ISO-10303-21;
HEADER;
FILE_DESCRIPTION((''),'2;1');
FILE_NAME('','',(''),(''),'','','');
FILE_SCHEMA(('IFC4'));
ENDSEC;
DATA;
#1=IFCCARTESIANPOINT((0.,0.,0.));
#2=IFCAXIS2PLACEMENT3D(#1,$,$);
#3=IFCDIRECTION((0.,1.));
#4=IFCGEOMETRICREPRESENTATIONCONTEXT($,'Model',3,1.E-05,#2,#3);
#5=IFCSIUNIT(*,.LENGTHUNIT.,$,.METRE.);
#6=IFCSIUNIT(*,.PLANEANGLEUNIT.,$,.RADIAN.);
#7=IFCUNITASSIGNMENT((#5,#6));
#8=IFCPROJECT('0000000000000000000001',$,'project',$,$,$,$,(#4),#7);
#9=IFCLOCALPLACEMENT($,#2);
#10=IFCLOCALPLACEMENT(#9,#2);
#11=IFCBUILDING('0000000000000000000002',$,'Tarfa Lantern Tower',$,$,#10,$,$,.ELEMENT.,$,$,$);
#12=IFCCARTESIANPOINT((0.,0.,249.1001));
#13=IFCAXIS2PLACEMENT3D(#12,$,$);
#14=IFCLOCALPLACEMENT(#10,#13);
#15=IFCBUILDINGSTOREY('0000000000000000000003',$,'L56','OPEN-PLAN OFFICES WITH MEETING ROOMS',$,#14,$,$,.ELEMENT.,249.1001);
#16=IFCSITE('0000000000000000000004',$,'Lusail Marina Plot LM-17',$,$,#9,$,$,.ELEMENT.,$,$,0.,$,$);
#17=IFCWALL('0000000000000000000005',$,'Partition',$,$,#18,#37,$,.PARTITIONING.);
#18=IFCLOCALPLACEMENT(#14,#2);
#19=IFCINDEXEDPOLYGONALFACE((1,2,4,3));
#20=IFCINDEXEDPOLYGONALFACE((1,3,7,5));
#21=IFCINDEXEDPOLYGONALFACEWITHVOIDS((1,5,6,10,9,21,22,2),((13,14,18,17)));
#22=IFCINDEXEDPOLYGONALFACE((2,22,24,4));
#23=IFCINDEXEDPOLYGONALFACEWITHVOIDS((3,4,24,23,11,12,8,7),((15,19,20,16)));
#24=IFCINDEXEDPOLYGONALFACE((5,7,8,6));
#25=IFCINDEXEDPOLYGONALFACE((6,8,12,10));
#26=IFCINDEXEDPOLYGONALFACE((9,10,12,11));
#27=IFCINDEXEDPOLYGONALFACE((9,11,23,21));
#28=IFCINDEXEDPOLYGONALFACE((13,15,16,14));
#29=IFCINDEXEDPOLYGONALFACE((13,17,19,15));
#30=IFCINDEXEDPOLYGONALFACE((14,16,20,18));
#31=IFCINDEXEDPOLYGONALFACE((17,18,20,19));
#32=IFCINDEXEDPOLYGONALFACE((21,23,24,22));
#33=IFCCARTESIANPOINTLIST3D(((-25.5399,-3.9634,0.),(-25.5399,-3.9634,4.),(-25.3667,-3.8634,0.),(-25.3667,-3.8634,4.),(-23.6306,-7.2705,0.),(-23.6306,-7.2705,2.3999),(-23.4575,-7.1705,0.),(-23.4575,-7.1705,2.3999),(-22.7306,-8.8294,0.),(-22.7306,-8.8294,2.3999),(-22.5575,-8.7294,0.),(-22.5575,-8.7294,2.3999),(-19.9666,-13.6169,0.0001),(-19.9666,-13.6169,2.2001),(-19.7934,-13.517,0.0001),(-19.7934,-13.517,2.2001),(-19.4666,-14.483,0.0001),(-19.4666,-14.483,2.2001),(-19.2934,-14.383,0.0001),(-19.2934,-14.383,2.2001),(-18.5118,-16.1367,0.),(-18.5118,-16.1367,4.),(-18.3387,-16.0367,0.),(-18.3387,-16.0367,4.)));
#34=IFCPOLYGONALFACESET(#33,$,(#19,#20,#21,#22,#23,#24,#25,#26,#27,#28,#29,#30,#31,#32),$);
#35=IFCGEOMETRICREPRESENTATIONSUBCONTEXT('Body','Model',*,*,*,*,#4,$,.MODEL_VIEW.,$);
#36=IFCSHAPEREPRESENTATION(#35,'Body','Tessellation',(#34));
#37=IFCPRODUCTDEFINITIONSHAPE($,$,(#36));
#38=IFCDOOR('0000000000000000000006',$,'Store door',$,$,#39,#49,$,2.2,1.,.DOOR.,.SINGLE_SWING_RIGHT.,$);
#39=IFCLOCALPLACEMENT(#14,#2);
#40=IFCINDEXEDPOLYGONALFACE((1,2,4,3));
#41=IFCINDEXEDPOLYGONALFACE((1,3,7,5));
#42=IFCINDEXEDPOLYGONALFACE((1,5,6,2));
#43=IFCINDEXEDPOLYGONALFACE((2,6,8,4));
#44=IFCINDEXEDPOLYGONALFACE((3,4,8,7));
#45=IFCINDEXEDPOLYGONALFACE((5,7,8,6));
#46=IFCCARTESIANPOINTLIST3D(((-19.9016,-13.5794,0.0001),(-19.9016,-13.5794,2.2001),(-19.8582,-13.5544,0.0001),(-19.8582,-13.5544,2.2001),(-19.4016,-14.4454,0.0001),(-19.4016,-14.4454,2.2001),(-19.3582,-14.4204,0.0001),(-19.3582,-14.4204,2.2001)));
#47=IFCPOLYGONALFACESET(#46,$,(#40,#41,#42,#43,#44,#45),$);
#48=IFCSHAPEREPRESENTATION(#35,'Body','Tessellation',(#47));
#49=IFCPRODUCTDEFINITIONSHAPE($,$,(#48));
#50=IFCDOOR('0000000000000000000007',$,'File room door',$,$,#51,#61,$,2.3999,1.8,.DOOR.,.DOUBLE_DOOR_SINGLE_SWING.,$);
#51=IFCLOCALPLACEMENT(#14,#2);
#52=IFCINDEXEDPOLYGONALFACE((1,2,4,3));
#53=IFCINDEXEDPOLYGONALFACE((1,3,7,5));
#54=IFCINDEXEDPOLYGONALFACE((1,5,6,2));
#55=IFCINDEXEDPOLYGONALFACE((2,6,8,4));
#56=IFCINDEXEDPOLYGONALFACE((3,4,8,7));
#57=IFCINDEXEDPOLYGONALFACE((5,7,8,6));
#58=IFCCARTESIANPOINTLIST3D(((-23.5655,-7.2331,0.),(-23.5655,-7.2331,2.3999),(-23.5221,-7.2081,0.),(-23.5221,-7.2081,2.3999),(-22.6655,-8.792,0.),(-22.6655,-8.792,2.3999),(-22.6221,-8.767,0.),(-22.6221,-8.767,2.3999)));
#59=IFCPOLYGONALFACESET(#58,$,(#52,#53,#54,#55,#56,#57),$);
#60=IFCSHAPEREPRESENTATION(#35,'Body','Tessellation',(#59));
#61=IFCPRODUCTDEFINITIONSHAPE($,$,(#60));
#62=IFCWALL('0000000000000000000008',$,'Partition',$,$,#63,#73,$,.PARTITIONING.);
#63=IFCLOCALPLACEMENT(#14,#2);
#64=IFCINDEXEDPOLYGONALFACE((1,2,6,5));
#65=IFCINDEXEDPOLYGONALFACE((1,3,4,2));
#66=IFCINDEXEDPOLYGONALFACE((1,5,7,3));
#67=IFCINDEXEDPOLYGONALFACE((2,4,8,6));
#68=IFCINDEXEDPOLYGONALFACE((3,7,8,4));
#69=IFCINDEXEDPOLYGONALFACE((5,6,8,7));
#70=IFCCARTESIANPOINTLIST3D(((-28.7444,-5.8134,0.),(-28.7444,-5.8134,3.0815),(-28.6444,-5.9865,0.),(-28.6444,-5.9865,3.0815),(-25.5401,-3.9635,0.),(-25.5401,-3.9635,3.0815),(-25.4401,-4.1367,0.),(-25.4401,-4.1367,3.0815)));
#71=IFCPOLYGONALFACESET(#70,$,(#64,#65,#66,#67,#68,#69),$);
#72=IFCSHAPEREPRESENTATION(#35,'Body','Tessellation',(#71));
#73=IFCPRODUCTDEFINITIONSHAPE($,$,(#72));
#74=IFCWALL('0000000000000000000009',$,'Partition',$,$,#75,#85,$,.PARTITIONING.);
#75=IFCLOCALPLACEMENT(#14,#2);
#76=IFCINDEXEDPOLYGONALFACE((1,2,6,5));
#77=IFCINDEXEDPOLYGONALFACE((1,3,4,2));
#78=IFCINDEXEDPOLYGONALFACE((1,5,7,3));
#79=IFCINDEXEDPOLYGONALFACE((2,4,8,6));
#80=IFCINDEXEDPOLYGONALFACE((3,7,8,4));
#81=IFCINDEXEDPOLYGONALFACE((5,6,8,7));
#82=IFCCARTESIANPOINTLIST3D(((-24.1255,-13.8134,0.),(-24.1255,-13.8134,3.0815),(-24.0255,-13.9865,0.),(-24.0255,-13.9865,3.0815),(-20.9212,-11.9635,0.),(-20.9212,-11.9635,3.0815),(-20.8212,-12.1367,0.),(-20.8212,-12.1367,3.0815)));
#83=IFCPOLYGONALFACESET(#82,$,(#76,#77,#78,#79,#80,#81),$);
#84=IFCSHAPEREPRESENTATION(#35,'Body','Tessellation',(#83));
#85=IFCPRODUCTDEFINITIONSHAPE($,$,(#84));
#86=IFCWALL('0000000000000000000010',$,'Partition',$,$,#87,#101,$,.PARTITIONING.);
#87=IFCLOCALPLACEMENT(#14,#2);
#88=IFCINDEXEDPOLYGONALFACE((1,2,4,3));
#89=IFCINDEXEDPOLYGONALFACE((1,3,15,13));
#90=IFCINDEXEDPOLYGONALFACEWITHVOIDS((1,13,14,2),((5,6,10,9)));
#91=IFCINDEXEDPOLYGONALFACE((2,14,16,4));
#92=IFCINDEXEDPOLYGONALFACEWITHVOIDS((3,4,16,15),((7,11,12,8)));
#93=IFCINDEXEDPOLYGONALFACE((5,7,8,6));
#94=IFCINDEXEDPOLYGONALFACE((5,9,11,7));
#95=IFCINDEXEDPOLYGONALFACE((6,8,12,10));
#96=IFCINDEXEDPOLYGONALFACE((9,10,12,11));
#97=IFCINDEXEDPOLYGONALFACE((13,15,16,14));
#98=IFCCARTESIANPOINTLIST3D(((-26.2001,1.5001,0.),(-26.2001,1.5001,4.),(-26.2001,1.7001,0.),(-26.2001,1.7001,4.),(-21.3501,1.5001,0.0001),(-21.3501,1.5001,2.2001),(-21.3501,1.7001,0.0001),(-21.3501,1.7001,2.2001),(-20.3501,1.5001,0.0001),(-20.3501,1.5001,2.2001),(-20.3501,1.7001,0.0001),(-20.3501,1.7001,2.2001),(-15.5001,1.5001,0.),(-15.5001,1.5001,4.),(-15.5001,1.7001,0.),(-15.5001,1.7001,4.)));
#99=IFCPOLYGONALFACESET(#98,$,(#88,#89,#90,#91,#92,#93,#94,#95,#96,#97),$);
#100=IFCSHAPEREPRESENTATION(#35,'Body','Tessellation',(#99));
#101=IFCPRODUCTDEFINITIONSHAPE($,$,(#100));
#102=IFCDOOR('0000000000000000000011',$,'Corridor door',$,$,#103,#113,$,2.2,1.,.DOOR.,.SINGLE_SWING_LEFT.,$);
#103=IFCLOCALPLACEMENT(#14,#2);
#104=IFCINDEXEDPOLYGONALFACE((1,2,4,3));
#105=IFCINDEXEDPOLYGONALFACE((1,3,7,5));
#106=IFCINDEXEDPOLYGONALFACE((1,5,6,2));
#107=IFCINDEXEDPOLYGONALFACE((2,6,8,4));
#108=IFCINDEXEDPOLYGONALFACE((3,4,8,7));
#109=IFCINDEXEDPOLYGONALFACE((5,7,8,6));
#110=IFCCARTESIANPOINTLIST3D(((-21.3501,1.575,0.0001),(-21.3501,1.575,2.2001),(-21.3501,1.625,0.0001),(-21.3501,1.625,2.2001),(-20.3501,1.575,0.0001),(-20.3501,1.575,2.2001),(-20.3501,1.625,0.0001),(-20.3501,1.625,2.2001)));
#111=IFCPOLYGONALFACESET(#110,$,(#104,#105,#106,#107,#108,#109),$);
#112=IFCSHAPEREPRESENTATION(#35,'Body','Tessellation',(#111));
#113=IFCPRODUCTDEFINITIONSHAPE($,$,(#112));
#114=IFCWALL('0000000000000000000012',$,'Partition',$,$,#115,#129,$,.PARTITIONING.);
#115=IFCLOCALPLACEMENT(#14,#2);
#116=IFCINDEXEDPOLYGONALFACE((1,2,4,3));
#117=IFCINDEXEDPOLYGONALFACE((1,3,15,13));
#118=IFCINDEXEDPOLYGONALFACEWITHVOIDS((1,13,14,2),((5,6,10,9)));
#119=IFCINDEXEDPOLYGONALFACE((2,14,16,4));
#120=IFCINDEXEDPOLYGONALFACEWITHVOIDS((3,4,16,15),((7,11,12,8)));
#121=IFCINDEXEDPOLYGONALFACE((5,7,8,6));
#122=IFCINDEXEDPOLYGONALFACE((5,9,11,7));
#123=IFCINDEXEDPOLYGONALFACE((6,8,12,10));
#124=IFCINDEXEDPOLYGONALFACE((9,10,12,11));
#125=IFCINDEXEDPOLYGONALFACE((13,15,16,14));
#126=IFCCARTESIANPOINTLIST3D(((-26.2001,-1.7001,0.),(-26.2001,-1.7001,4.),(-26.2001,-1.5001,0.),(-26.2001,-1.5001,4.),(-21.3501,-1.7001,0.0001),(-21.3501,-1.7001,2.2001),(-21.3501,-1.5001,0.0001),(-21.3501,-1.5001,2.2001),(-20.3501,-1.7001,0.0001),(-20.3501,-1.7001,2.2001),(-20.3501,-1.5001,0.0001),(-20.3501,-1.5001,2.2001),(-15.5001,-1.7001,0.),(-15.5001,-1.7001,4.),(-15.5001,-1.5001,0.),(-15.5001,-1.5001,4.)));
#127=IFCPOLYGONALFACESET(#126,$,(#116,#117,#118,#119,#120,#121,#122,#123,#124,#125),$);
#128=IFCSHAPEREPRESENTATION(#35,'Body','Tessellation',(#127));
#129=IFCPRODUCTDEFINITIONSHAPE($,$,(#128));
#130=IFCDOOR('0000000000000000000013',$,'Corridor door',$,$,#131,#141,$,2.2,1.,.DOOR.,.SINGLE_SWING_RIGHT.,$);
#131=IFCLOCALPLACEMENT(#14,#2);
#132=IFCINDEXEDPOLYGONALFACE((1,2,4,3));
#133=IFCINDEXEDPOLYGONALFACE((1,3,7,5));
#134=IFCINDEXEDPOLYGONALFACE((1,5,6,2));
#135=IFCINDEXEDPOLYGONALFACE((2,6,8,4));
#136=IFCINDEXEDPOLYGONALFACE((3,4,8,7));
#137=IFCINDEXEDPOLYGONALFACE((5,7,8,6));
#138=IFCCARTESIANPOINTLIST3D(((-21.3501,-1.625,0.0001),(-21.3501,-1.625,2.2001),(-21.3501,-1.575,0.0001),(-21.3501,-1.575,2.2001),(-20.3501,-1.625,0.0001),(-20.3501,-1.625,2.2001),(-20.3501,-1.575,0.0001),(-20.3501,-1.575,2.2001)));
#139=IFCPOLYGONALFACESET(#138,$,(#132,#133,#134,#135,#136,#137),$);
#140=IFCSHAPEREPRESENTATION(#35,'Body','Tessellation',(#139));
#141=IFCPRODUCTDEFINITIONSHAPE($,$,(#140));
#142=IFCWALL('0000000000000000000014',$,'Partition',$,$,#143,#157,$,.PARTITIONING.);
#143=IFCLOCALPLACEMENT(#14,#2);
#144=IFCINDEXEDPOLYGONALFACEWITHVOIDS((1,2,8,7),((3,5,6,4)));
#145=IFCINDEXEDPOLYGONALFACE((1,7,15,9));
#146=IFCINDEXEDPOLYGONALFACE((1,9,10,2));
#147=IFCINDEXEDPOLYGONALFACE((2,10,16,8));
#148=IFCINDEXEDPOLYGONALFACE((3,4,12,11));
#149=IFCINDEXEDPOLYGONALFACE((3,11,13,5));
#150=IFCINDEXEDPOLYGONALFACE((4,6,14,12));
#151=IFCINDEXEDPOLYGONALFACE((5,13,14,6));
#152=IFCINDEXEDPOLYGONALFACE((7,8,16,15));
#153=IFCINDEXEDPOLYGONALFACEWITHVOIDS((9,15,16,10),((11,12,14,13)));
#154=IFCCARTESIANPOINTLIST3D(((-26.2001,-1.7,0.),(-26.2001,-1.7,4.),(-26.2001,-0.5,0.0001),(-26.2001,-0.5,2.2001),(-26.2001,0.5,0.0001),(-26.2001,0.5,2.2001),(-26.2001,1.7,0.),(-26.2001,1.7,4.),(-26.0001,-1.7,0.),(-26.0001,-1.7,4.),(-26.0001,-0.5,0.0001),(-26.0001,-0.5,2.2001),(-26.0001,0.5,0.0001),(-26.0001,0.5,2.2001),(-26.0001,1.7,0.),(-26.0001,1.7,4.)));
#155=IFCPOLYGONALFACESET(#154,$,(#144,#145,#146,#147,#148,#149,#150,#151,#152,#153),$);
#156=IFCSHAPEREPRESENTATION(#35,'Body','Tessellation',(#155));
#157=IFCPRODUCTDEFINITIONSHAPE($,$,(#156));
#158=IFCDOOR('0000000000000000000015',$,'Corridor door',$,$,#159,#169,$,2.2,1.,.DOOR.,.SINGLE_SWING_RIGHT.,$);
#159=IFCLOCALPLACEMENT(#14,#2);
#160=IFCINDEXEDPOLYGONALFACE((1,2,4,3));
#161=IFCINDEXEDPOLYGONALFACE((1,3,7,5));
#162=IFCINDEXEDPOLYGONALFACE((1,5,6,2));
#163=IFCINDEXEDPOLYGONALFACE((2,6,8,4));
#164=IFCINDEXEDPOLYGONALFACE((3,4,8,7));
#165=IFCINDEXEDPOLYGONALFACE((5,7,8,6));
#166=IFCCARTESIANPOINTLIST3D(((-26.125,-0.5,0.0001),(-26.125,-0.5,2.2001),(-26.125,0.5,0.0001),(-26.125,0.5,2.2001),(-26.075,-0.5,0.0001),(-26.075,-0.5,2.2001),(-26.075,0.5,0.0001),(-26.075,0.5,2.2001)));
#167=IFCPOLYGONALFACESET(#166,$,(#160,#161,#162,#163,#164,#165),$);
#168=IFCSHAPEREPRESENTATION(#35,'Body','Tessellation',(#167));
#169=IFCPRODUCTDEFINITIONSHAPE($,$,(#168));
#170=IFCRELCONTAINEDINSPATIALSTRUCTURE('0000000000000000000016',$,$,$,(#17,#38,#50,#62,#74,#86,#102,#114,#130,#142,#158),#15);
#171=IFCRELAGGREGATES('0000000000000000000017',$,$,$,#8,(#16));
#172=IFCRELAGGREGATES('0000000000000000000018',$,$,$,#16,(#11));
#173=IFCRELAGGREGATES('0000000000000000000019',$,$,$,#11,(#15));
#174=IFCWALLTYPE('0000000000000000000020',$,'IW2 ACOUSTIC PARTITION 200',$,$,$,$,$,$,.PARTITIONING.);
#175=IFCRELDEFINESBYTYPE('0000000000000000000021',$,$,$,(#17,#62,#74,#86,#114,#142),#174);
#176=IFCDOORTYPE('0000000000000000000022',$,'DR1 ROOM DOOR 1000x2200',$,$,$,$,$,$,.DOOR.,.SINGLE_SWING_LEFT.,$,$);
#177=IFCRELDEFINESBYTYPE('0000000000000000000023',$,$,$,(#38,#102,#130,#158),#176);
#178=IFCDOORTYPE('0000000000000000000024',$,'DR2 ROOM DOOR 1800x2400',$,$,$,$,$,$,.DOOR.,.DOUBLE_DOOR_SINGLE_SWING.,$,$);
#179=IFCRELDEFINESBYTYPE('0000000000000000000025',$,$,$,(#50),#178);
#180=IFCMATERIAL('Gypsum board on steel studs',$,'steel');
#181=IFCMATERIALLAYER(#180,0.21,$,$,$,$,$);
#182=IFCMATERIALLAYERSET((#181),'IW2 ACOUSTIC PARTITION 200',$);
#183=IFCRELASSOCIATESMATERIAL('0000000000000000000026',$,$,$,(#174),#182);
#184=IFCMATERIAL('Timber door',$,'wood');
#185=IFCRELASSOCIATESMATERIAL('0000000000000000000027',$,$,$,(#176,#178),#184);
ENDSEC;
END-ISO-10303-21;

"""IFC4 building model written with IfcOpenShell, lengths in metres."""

from ifc_helpers import new_model, si_unit, direction, frame, frame_2d, origin, place, context, subcontext, project, spatial, rectangle, extrude, material, layer, layer_set, type_object, element, fill, save


model = new_model("IFC4")

# Units and contexts
model_context = context("Model", 3, precision=1e-05, world=origin(), true_north=direction((0.0, 1.0)))
body_context = subcontext(model_context, "Body", "Model", "MODEL_VIEW")
ifc_project = project(units=[si_unit("LENGTHUNIT", "METRE"), si_unit("PLANEANGLEUNIT", "RADIAN")], contexts=[model_context])

# Site, building, storey
site_placement = place(None, origin())
site = spatial("IfcSite", under=ifc_project, at=site_placement, Name="Lusail Marina Plot LM-17", CompositionType="ELEMENT", RefElevation=0.0)
building_placement = place(site_placement, origin())
building = spatial("IfcBuilding", under=site, at=building_placement, Name="Tarfa Lantern Tower", CompositionType="ELEMENT")
storey_placement = place(building_placement, frame((0.0, 0.0, 249.1001)))
storey = spatial("IfcBuildingStorey", under=building, at=storey_placement, Name="L56", Description="OPEN-PLAN OFFICES WITH MEETING ROOMS", CompositionType="ELEMENT", Elevation=249.1001)

# Wall, openings, doors
ifc_material_1 = material(Name="Gypsum board on steel studs", Category="steel")
ifc_layer_1 = layer(ifc_material_1, 0.21)
ifc_layer_set_1 = layer_set([ifc_layer_1], Name="IW2 ACOUSTIC PARTITION 200")
wall_type_1 = type_object("IfcWallType", Name="IW2 ACOUSTIC PARTITION 200", PredefinedType="PARTITIONING", material=ifc_layer_set_1)
wall_1_placement = place(storey_placement, frame((-25.4534, -3.9133, 0.0), z_axis=(0.0, 0.0, 1.0), x_axis=(0.499989, -0.866032, 0.0)))
wall_1 = element("IfcWall", 1, at=wall_1_placement, inside=storey, type_object=wall_type_1, Name="Partition", PredefinedType="PARTITIONING", context=body_context, shape_type="SweptSolid", body=[
    extrude(rectangle(XDim=14.0564, YDim=0.2, at=frame_2d((7.0283, 0.0))), origin(), (0.0, 0.0, 1.0), 4.0),
])
opening_1_placement = place(wall_1_placement, frame((3.8188, 0.0, 0.0)))
opening_1 = element("IfcOpeningElement", 2, at=opening_1_placement, cuts=wall_1, PredefinedType="OPENING", context=body_context, shape_type="SweptSolid", body=[
    extrude(rectangle(XDim=1.8, YDim=2.3999, at=frame_2d((0.8999, 1.2))), frame((0.0, 0.1099, 0.0), z_axis=(0.0, -1.0, 0.0), x_axis=(1.0, 0.0, 0.0)), (0.0, 0.0, 1.0), 0.22),
])
opening_2_placement = place(wall_1_placement, frame((11.147, 0.0, 0.0)))
opening_2 = element("IfcOpeningElement", 3, at=opening_2_placement, cuts=wall_1, PredefinedType="OPENING", context=body_context, shape_type="SweptSolid", body=[
    extrude(rectangle(XDim=1.0, YDim=2.2, at=frame_2d((0.5, 1.1001))), frame((0.0, 0.1099, 0.0), z_axis=(0.0, -1.0, 0.0), x_axis=(1.0, 0.0, 0.0)), (0.0, 0.0, 1.0), 0.22),
])
ifc_material_2 = material(Name="Timber door", Category="wood")
door_type_1 = type_object("IfcDoorType", Name="DR1 ROOM DOOR 1000x2200", OperationType="SINGLE_SWING_LEFT", PredefinedType="DOOR", material=ifc_material_2)
door_1_placement = place(opening_2_placement, frame((1.0, 0.0, 0.0), z_axis=(0.0, 0.0, 1.0), x_axis=(-1.0, 0.0, 0.0)))
door_1 = element("IfcDoor", 4, at=door_1_placement, inside=storey, type_object=door_type_1, Name="Store door", OperationType="SINGLE_SWING_RIGHT", OverallHeight=2.2, OverallWidth=1.0, PredefinedType="DOOR", context=body_context, shape_type="SweptSolid", body=[
    extrude(rectangle(XDim=1.0, YDim=2.2, at=frame_2d((0.5, 1.1001))), frame((0.0, 0.0249, 0.0), z_axis=(0.0, -1.0, 0.0), x_axis=(1.0, 0.0, 0.0)), (0.0, 0.0, 1.0), 0.05),
])
fill(opening_2, door_1)
door_type_2 = type_object("IfcDoorType", Name="DR2 ROOM DOOR 1800x2400", OperationType="DOUBLE_DOOR_SINGLE_SWING", PredefinedType="DOOR", material=ifc_material_2)
door_2_placement = place(opening_1_placement, frame((1.8, 0.0, 0.0), z_axis=(0.0, 0.0, 1.0), x_axis=(-1.0, 0.0, 0.0)))
door_2 = element("IfcDoor", 5, at=door_2_placement, inside=storey, type_object=door_type_2, Name="File room door", OperationType="DOUBLE_DOOR_SINGLE_SWING", OverallHeight=2.3999, OverallWidth=1.8, PredefinedType="DOOR", context=body_context, shape_type="SweptSolid", body=[
    extrude(rectangle(XDim=1.8, YDim=2.3999, at=frame_2d((0.8999, 1.2))), frame((0.0, 0.0249, 0.0), z_axis=(0.0, -1.0, 0.0), x_axis=(1.0, 0.0, 0.0)), (0.0, 0.0, 1.0), 0.05),
])
fill(opening_1, door_2)

# Walls
for number, where, z_axis, x_axis, name in (
    (6, (-25.49, -4.05, 0.0), (0.0, 0.0, 1.0), (-0.866046, -0.499964, 0.0), "Partition"),
    (7, (-20.8711, -12.05, 0.0), (0.0, 0.0, 1.0), (-0.866046, -0.499964, 0.0), "Partition"),
):
    element("IfcWall", number, at=place(storey_placement, frame(where, z_axis=z_axis, x_axis=x_axis)), inside=storey, type_object=wall_type_1, Name=name, PredefinedType="PARTITIONING", context=body_context, shape_type="SweptSolid", body=[
        extrude(rectangle(XDim=3.7, YDim=0.2, at=frame_2d((1.8501, 0.0))), origin(), (0.0, 0.0, 1.0), 3.0815),
    ])

# Walls, openings, doors
wall_2_placement = place(storey_placement, frame((-15.5, 1.6001, 0.0), z_axis=(0.0, 0.0, 1.0), x_axis=(-1.0, 0.0, 0.0)))
wall_2 = element("IfcWall", 8, at=wall_2_placement, inside=storey, type_object=wall_type_1, Name="Partition", PredefinedType="PARTITIONING", context=body_context, shape_type="SweptSolid", body=[
    extrude(rectangle(XDim=10.7, YDim=0.2, at=frame_2d((5.3501, 0.0))), origin(), (0.0, 0.0, 1.0), 4.0),
])
opening_3_placement = place(wall_2_placement, frame((4.8501, 0.0, 0.0)))
opening_3 = element("IfcOpeningElement", 9, at=opening_3_placement, cuts=wall_2, PredefinedType="OPENING", context=body_context, shape_type="SweptSolid", body=[
    extrude(rectangle(XDim=1.0, YDim=2.2, at=frame_2d((0.5, 1.1001))), frame((0.0, 0.1099, 0.0), z_axis=(0.0, -1.0, 0.0), x_axis=(1.0, 0.0, 0.0)), (0.0, 0.0, 1.0), 0.22),
])
door_3_placement = place(opening_3_placement, frame((1.0, 0.0, 0.0), z_axis=(0.0, 0.0, 1.0), x_axis=(-1.0, 0.0, 0.0)))
door_3 = element("IfcDoor", 10, at=door_3_placement, inside=storey, type_object=door_type_1, Name="Corridor door", OperationType="SINGLE_SWING_LEFT", OverallHeight=2.2, OverallWidth=1.0, PredefinedType="DOOR", context=body_context, shape_type="SweptSolid", body=[
    extrude(rectangle(XDim=1.0, YDim=2.2, at=frame_2d((0.5, 1.1001))), frame((0.0, 0.0249, 0.0), z_axis=(0.0, -1.0, 0.0), x_axis=(1.0, 0.0, 0.0)), (0.0, 0.0, 1.0), 0.05),
])
fill(opening_3, door_3)
wall_3_placement = place(storey_placement, frame((-15.5, -1.6001, 0.0), z_axis=(0.0, 0.0, 1.0), x_axis=(-1.0, 0.0, 0.0)))
wall_3 = element("IfcWall", 11, at=wall_3_placement, inside=storey, type_object=wall_type_1, Name="Partition", PredefinedType="PARTITIONING", context=body_context, shape_type="SweptSolid", body=[
    extrude(rectangle(XDim=10.7, YDim=0.2, at=frame_2d((5.3501, 0.0))), origin(), (0.0, 0.0, 1.0), 4.0),
])
opening_4_placement = place(wall_3_placement, frame((4.8501, 0.0, 0.0)))
opening_4 = element("IfcOpeningElement", 12, at=opening_4_placement, cuts=wall_3, PredefinedType="OPENING", context=body_context, shape_type="SweptSolid", body=[
    extrude(rectangle(XDim=1.0, YDim=2.2, at=frame_2d((0.5, 1.1001))), frame((0.0, 0.1099, 0.0), z_axis=(0.0, -1.0, 0.0), x_axis=(1.0, 0.0, 0.0)), (0.0, 0.0, 1.0), 0.22),
])
door_4_placement = place(opening_4_placement, origin())
door_4 = element("IfcDoor", 13, at=door_4_placement, inside=storey, type_object=door_type_1, Name="Corridor door", OperationType="SINGLE_SWING_RIGHT", OverallHeight=2.2, OverallWidth=1.0, PredefinedType="DOOR", context=body_context, shape_type="SweptSolid", body=[
    extrude(rectangle(XDim=1.0, YDim=2.2, at=frame_2d((0.5, 1.1001))), frame((0.0, 0.0249, 0.0), z_axis=(0.0, -1.0, 0.0), x_axis=(1.0, 0.0, 0.0)), (0.0, 0.0, 1.0), 0.05),
])
fill(opening_4, door_4)
wall_4_placement = place(storey_placement, frame((-26.1001, -1.7, 0.0), z_axis=(0.0, 0.0, 1.0), x_axis=(0.0, 1.0, 0.0)))
wall_4 = element("IfcWall", 14, at=wall_4_placement, inside=storey, type_object=wall_type_1, Name="Partition", PredefinedType="PARTITIONING", context=body_context, shape_type="SweptSolid", body=[
    extrude(rectangle(XDim=3.3999, YDim=0.2, at=frame_2d((1.7, 0.0))), origin(), (0.0, 0.0, 1.0), 4.0),
])
opening_5_placement = place(wall_4_placement, frame((1.2, 0.0, 0.0)))
opening_5 = element("IfcOpeningElement", 15, at=opening_5_placement, cuts=wall_4, PredefinedType="OPENING", context=body_context, shape_type="SweptSolid", body=[
    extrude(rectangle(XDim=1.0, YDim=2.2, at=frame_2d((0.5, 1.1001))), frame((0.0, 0.1099, 0.0), z_axis=(0.0, -1.0, 0.0), x_axis=(1.0, 0.0, 0.0)), (0.0, 0.0, 1.0), 0.22),
])
door_5_placement = place(opening_5_placement, origin())
door_5 = element("IfcDoor", 16, at=door_5_placement, inside=storey, type_object=door_type_1, Name="Corridor door", OperationType="SINGLE_SWING_RIGHT", OverallHeight=2.2, OverallWidth=1.0, PredefinedType="DOOR", context=body_context, shape_type="SweptSolid", body=[
    extrude(rectangle(XDim=1.0, YDim=2.2, at=frame_2d((0.5, 1.1001))), frame((0.0, 0.0249, 0.0), z_axis=(0.0, -1.0, 0.0), x_axis=(1.0, 0.0, 0.0)), (0.0, 0.0, 1.0), 0.05),
])
fill(opening_5, door_5)

save(model, "model.ifc")
